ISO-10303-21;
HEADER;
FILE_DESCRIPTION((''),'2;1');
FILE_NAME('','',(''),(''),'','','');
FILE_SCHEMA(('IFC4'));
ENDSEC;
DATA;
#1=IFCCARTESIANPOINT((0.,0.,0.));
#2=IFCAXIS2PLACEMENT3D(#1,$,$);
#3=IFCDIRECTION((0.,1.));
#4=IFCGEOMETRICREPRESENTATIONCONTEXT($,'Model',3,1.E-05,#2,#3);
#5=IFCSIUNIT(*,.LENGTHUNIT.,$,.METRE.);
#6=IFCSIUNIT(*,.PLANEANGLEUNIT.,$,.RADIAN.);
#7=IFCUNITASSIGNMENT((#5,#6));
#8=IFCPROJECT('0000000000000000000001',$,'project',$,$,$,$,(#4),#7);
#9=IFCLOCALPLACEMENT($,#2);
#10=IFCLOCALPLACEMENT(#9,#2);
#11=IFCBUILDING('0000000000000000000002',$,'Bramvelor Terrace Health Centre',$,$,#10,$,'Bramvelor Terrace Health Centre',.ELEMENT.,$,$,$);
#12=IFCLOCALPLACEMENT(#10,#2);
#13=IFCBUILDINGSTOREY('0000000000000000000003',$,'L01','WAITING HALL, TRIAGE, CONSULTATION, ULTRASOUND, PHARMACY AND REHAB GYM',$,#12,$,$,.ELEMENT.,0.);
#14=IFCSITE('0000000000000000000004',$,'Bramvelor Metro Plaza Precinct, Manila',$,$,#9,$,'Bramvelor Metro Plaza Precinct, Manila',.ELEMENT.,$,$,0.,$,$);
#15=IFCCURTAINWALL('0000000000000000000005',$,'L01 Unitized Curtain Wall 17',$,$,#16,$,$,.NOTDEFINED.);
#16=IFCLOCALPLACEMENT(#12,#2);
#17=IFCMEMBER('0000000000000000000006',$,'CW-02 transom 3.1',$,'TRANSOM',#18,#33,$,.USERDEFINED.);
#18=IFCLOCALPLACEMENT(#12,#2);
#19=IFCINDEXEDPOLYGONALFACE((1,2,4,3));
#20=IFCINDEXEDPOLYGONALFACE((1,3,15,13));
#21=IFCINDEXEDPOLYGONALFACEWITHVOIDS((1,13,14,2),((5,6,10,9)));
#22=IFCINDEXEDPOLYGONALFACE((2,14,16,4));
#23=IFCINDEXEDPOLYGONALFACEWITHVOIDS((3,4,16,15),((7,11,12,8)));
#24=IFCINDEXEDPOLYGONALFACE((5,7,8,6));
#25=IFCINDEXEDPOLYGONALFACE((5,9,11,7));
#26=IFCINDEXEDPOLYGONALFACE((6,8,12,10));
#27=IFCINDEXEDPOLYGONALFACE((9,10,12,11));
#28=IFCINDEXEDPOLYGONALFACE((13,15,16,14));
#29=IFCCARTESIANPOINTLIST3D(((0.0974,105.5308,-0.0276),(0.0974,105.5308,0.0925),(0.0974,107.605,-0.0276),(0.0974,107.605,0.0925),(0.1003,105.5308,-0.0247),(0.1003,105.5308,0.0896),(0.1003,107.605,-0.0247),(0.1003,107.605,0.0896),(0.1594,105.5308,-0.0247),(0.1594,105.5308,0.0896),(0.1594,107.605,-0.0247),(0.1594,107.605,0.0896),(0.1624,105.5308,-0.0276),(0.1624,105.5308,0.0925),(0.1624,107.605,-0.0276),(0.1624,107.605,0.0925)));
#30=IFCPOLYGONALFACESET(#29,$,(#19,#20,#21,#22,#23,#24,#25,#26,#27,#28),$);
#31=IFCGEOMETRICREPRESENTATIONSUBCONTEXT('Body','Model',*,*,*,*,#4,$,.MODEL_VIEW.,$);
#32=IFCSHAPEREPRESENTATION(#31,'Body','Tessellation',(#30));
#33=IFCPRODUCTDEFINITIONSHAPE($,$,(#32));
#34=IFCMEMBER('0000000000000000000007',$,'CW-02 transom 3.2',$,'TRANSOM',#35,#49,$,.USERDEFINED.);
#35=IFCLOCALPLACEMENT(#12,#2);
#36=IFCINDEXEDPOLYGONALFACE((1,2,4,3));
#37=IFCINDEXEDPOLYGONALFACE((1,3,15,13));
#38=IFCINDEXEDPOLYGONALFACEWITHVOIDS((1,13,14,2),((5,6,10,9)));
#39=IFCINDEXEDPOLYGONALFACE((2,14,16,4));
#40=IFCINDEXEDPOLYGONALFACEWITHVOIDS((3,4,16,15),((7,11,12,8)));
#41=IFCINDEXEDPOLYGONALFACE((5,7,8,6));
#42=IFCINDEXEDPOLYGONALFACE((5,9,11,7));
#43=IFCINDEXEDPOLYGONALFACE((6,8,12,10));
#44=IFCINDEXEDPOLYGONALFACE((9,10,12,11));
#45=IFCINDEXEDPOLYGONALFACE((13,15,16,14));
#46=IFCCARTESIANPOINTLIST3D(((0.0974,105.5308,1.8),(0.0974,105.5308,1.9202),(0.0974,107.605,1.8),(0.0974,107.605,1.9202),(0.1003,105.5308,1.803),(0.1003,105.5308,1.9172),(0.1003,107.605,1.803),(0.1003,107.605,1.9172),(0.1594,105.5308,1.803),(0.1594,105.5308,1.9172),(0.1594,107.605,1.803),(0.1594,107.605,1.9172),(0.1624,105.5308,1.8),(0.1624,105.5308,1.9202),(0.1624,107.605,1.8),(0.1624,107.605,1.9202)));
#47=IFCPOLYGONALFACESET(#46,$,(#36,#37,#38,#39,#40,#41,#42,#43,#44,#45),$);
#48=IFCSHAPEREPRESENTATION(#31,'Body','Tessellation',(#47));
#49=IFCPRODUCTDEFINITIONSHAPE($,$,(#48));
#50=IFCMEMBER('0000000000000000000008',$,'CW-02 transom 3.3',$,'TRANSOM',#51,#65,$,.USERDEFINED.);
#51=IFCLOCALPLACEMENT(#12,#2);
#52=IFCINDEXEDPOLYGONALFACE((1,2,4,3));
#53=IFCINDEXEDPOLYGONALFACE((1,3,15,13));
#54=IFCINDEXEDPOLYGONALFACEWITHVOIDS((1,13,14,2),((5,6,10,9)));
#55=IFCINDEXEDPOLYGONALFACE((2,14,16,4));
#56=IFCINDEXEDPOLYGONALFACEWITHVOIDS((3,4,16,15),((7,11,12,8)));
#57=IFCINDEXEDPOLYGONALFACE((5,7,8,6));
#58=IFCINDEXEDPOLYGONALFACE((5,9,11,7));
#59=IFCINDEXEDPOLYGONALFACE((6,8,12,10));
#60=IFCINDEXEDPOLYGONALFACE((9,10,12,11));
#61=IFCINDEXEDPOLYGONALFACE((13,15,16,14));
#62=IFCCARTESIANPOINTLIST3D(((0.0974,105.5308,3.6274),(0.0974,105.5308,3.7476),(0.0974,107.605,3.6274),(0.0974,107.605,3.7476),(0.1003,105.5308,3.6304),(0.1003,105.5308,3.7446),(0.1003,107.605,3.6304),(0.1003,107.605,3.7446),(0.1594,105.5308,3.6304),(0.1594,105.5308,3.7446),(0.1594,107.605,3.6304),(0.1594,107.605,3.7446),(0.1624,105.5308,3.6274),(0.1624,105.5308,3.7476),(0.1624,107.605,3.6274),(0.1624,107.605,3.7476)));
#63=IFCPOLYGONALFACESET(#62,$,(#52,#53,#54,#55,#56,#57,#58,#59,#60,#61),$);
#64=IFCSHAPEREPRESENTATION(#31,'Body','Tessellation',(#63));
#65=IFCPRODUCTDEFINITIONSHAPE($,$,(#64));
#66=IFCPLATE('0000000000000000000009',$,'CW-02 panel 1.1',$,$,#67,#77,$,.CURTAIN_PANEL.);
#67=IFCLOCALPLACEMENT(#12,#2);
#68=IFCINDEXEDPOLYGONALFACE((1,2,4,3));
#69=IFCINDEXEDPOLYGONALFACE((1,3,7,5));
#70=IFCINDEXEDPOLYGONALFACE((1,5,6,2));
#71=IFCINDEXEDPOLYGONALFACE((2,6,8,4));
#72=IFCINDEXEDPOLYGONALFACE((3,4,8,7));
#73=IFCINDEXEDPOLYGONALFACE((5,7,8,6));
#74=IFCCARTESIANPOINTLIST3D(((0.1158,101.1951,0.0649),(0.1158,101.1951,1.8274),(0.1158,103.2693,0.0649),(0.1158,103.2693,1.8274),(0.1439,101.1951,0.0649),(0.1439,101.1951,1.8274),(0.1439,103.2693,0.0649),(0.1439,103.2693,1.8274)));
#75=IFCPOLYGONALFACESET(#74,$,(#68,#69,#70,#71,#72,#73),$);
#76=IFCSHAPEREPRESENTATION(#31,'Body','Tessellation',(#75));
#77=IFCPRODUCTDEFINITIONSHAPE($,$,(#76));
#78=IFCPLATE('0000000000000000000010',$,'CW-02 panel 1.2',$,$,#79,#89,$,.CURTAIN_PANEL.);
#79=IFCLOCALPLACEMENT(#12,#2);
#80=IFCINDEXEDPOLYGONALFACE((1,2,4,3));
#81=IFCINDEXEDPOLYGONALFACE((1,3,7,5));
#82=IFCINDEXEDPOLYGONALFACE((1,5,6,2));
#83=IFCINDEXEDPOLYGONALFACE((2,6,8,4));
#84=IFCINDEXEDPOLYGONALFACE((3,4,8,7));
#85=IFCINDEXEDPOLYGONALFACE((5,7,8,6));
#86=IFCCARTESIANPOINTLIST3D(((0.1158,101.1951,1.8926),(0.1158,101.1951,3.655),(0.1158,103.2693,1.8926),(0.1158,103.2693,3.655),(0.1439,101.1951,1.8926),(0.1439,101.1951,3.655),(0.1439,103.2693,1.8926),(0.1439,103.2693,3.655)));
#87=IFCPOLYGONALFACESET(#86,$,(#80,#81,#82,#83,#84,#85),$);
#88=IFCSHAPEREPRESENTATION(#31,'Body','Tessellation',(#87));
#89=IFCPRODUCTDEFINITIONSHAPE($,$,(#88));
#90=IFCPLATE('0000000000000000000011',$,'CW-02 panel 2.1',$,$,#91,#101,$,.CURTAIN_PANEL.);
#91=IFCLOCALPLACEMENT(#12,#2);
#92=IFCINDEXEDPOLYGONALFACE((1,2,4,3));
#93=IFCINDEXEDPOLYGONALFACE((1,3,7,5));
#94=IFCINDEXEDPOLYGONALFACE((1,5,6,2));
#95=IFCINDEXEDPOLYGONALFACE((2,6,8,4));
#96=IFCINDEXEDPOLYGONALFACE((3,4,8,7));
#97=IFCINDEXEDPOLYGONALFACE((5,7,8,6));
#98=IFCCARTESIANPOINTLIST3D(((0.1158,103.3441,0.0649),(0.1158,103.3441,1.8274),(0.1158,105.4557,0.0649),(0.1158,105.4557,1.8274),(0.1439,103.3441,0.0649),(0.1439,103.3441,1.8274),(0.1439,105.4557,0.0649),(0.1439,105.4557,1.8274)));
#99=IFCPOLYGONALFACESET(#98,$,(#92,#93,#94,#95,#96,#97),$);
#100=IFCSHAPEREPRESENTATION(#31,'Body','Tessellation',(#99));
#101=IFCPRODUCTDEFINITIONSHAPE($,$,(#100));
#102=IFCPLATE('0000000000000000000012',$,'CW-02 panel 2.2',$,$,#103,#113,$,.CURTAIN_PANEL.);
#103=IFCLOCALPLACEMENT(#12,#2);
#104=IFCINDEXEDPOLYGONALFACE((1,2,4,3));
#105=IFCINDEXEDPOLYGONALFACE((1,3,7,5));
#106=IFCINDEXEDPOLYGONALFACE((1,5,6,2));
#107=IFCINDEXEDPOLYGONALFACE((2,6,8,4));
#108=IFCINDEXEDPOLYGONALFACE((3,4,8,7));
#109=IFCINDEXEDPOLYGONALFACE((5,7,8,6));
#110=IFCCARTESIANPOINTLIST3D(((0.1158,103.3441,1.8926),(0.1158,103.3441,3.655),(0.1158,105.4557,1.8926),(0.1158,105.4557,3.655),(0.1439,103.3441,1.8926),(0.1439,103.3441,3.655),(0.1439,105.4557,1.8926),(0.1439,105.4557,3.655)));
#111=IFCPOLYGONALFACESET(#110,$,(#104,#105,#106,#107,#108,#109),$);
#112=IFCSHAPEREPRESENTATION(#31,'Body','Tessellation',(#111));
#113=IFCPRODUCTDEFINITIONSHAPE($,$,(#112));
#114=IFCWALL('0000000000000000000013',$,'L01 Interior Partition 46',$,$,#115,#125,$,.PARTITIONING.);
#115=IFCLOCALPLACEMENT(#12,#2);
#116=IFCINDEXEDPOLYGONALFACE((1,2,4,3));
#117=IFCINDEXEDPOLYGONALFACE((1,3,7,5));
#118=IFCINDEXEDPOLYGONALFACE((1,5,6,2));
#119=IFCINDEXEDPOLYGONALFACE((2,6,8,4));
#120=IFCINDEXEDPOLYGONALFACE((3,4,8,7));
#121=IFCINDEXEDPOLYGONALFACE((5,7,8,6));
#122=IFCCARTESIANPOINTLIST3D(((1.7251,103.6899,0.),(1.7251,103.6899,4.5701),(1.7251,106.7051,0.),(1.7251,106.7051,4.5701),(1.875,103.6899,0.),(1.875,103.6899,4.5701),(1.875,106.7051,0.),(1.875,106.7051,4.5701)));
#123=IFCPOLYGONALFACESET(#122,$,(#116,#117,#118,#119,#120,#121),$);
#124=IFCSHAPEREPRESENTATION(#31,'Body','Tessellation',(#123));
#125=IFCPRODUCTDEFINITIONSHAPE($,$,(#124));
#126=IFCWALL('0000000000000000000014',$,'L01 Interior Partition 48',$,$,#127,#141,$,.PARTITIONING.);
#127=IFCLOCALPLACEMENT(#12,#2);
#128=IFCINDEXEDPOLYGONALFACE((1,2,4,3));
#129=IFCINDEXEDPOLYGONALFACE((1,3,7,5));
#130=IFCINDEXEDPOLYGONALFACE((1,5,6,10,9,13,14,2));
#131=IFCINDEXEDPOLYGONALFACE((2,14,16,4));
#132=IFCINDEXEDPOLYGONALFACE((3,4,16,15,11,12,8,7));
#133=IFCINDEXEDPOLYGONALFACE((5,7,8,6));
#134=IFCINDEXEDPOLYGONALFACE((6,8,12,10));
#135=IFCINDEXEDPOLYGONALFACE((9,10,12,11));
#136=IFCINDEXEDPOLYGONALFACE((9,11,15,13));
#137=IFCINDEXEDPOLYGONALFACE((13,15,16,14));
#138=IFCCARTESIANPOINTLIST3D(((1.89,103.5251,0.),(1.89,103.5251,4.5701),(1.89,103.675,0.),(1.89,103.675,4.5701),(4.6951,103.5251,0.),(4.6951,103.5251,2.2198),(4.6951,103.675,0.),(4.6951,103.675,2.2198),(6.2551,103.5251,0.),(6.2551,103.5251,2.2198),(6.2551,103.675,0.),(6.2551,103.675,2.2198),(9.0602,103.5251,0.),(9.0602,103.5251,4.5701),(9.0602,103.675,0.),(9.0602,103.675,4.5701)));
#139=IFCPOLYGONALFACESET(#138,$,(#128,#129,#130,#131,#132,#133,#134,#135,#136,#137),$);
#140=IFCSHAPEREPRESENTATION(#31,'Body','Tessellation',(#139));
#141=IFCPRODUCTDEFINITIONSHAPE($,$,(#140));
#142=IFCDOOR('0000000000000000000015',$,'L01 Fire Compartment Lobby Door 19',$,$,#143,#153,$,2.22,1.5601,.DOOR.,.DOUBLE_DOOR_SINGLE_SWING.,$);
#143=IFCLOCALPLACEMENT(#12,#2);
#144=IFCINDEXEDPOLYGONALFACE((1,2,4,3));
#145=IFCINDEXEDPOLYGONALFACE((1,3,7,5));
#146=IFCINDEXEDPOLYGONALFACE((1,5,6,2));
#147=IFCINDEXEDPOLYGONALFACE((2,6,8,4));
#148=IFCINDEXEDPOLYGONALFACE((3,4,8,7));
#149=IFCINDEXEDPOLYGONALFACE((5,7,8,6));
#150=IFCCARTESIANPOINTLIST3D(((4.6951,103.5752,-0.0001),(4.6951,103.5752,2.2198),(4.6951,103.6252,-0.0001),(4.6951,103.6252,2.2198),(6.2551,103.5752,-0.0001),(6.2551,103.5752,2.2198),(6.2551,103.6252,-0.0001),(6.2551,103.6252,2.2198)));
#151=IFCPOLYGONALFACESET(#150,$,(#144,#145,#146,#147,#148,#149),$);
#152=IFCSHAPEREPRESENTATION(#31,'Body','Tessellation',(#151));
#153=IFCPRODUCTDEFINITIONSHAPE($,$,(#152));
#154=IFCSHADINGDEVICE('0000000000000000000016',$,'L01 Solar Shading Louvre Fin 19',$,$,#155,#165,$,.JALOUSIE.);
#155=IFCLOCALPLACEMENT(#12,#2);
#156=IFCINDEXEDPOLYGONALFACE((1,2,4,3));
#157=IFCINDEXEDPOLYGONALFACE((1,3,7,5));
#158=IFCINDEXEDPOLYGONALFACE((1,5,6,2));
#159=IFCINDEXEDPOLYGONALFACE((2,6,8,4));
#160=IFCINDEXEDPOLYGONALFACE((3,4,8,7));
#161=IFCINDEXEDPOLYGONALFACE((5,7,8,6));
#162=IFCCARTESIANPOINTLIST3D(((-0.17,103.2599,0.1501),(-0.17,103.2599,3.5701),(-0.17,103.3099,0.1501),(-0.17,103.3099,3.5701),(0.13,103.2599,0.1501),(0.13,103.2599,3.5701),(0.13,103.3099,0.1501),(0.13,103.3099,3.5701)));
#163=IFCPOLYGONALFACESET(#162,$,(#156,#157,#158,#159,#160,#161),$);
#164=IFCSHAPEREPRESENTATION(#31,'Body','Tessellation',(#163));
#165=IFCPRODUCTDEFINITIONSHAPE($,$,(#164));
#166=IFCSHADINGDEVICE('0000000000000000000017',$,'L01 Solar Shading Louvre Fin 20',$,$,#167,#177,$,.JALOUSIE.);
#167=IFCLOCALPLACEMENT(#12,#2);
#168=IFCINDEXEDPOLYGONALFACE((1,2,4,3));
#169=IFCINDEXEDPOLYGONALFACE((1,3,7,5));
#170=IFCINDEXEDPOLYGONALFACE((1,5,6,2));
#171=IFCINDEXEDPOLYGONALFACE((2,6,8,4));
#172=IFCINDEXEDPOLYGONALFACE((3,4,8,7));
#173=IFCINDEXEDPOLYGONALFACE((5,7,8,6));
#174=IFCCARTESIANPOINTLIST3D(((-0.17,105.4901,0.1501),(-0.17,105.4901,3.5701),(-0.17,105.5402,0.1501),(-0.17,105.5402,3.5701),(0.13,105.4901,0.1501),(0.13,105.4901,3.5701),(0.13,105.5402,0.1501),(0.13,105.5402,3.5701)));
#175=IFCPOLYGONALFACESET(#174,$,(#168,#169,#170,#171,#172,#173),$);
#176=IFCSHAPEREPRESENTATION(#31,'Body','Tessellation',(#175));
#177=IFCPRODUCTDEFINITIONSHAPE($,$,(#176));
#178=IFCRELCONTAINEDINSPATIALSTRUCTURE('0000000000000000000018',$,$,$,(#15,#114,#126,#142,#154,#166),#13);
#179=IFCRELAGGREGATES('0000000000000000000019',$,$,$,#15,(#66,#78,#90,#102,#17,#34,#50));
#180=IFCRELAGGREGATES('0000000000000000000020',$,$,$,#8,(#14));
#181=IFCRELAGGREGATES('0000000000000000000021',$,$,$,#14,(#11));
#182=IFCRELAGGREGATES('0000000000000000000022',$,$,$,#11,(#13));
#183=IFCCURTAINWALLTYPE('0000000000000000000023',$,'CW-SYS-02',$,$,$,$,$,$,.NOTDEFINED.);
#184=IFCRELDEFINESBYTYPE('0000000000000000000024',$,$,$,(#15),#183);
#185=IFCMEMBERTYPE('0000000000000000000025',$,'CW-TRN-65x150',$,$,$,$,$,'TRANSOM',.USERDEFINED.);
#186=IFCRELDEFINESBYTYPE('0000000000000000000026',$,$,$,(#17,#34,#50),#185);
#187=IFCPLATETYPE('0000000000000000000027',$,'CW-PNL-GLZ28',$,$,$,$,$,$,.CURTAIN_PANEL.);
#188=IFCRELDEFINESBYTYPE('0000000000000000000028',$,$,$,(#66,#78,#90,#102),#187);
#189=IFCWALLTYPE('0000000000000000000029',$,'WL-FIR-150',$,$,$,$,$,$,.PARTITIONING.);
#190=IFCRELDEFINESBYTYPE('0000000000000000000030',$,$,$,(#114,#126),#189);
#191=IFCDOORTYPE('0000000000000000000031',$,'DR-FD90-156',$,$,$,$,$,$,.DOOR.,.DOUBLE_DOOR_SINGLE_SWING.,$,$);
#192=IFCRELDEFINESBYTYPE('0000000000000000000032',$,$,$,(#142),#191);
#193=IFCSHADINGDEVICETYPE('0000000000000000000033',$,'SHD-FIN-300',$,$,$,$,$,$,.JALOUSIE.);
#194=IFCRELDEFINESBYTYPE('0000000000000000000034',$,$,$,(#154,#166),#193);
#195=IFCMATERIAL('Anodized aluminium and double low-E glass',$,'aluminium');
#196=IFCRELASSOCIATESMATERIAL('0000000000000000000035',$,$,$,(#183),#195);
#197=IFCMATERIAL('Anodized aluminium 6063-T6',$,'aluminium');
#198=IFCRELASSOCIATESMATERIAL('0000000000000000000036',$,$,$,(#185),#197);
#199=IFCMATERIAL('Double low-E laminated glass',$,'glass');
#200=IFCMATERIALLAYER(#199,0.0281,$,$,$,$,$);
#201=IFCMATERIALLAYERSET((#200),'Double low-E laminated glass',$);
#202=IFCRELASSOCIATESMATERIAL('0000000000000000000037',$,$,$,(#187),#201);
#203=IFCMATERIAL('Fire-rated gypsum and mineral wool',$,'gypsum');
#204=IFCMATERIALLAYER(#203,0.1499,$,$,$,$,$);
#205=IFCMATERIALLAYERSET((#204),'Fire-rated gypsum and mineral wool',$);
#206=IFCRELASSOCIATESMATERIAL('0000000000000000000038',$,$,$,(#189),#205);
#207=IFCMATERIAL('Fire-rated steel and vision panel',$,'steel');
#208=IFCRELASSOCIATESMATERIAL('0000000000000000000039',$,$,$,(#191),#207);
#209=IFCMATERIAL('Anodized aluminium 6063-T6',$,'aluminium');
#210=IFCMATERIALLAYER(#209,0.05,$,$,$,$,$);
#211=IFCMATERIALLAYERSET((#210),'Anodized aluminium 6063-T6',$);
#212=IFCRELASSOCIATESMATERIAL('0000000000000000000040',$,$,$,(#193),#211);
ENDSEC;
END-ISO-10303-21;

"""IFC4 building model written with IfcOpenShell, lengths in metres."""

from ifc_helpers import new_model, si_unit, direction, frame, frame_2d, origin, origin_2d, place, context, subcontext, project, spatial, rectangle, hollow_rectangle, extrude, material, layer, layer_set, material_profile, profile_set, type_object, element, fill, aggregate, save


model = new_model("IFC4")

# Units and contexts
model_context = context("Model", 3, precision=1e-05, world=origin(), true_north=direction((0.0, 1.0)))
body_context = subcontext(model_context, "Body", "Model", "MODEL_VIEW")
ifc_project = project(units=[si_unit("LENGTHUNIT", "METRE"), si_unit("PLANEANGLEUNIT", "RADIAN")], contexts=[model_context])

# Site, building, storey
site_placement = place(None, origin())
site = spatial("IfcSite", under=ifc_project, at=site_placement, Name="Bramvelor Metro Plaza Precinct, Manila", LongName="Bramvelor Metro Plaza Precinct, Manila", CompositionType="ELEMENT", RefElevation=0.0)
building_placement = place(site_placement, origin())
building = spatial("IfcBuilding", under=site, at=building_placement, Name="Bramvelor Terrace Health Centre", LongName="Bramvelor Terrace Health Centre", CompositionType="ELEMENT")
storey_placement = place(building_placement, origin())
storey = spatial("IfcBuildingStorey", under=building, at=storey_placement, Name="L01", Description="WAITING HALL, TRIAGE, CONSULTATION, ULTRASOUND, PHARMACY AND REHAB GYM", CompositionType="ELEMENT", Elevation=0.0)

# Curtain wall, members, plates
ifc_material_1 = material(Name="Anodized aluminium and double low-E glass", Category="aluminium")
curtain_wall_type = type_object("IfcCurtainWallType", Name="CW-SYS-02", PredefinedType="NOTDEFINED", material=ifc_material_1)
curtain_wall_placement = place(storey_placement, origin())
curtain_wall = element("IfcCurtainWall", 1, at=curtain_wall_placement, inside=storey, type_object=curtain_wall_type, Name="L01 Unitized Curtain Wall 17", PredefinedType="NOTDEFINED")
ifc_material_2 = material(Name="Anodized aluminium 6063-T6", Category="aluminium")
ifc_material_profile_1 = material_profile(ifc_material_2, hollow_rectangle(XDim=0.0649, YDim=0.1201, WallThickness=0.0029, at=origin_2d()), Name="ALU-TRN 65x120x3.0")
ifc_profile_set_1 = profile_set([ifc_material_profile_1], Name="Anodized aluminium 6063-T6")
member_type_1 = type_object("IfcMemberType", Name="CW-TRN-65x150", ElementType="TRANSOM", PredefinedType="USERDEFINED", material=ifc_profile_set_1)
member_1_placement = place(storey_placement, frame((0.1299, 105.5308, 0.0325), z_axis=(0.0, 1.0, 0.0), x_axis=(-1.0, 0.0, 0.0)))
member_1 = element("IfcMember", 2, at=member_1_placement, type_object=member_type_1, Name="CW-02 transom 3.1", ObjectType="TRANSOM", PredefinedType="USERDEFINED", context=body_context, shape_type="SweptSolid", body=[
    extrude(hollow_rectangle(XDim=0.0649, YDim=0.1201, WallThickness=0.0029, at=origin_2d()), origin(), (0.0, 0.0, 1.0), 2.0742),
])
member_2_placement = place(storey_placement, frame((0.1299, 105.5308, 1.8601), z_axis=(0.0, 1.0, 0.0), x_axis=(-1.0, 0.0, 0.0)))
member_2 = element("IfcMember", 3, at=member_2_placement, type_object=member_type_1, Name="CW-02 transom 3.2", ObjectType="TRANSOM", PredefinedType="USERDEFINED", context=body_context, shape_type="SweptSolid", body=[
    extrude(hollow_rectangle(XDim=0.0649, YDim=0.1201, WallThickness=0.0029, at=origin_2d()), origin(), (0.0, 0.0, 1.0), 2.0742),
])
member_3_placement = place(storey_placement, frame((0.1299, 105.5308, 3.6875), z_axis=(0.0, 1.0, 0.0), x_axis=(-1.0, 0.0, 0.0)))
member_3 = element("IfcMember", 4, at=member_3_placement, type_object=member_type_1, Name="CW-02 transom 3.3", ObjectType="TRANSOM", PredefinedType="USERDEFINED", context=body_context, shape_type="SweptSolid", body=[
    extrude(hollow_rectangle(XDim=0.0649, YDim=0.1201, WallThickness=0.0029, at=origin_2d()), origin(), (0.0, 0.0, 1.0), 2.0742),
])
ifc_material_3 = material(Name="Double low-E laminated glass", Category="glass")
ifc_layer_1 = layer(ifc_material_3, 0.0281)
ifc_layer_set_1 = layer_set([ifc_layer_1], Name="Double low-E laminated glass")
plate_type = type_object("IfcPlateType", Name="CW-PNL-GLZ28", PredefinedType="CURTAIN_PANEL", material=ifc_layer_set_1)
plate_1_placement = place(storey_placement, frame((0.1299, 102.2322, 0.0649), z_axis=(0.0, 0.0, 1.0), x_axis=(0.0, 1.0, 0.0)))
plate_1 = element("IfcPlate", 5, at=plate_1_placement, type_object=plate_type, Name="CW-02 panel 1.1", PredefinedType="CURTAIN_PANEL", context=body_context, shape_type="SweptSolid", body=[
    extrude(rectangle(XDim=2.0742, YDim=0.0281, at=origin_2d()), origin(), (0.0, 0.0, 1.0), 1.7625),
])
plate_2_placement = place(storey_placement, frame((0.1299, 102.2322, 1.8926), z_axis=(0.0, 0.0, 1.0), x_axis=(0.0, 1.0, 0.0)))
plate_2 = element("IfcPlate", 6, at=plate_2_placement, type_object=plate_type, Name="CW-02 panel 1.2", PredefinedType="CURTAIN_PANEL", context=body_context, shape_type="SweptSolid", body=[
    extrude(rectangle(XDim=2.0742, YDim=0.0281, at=origin_2d()), origin(), (0.0, 0.0, 1.0), 1.7625),
])
plate_3_placement = place(storey_placement, frame((0.1299, 104.3999, 0.0649), z_axis=(0.0, 0.0, 1.0), x_axis=(0.0, 1.0, 0.0)))
plate_3 = element("IfcPlate", 7, at=plate_3_placement, type_object=plate_type, Name="CW-02 panel 2.1", PredefinedType="CURTAIN_PANEL", context=body_context, shape_type="SweptSolid", body=[
    extrude(rectangle(XDim=2.1116, YDim=0.0281, at=origin_2d()), origin(), (0.0, 0.0, 1.0), 1.7625),
])
plate_4_placement = place(storey_placement, frame((0.1299, 104.3999, 1.8926), z_axis=(0.0, 0.0, 1.0), x_axis=(0.0, 1.0, 0.0)))
plate_4 = element("IfcPlate", 8, at=plate_4_placement, type_object=plate_type, Name="CW-02 panel 2.2", PredefinedType="CURTAIN_PANEL", context=body_context, shape_type="SweptSolid", body=[
    extrude(rectangle(XDim=2.1116, YDim=0.0281, at=origin_2d()), origin(), (0.0, 0.0, 1.0), 1.7625),
])
aggregate(curtain_wall, [plate_1, plate_2, plate_3, plate_4, member_1, member_2, member_3])

# Wall
ifc_material_4 = material(Name="Fire-rated gypsum and mineral wool", Category="gypsum")
ifc_layer_2 = layer(ifc_material_4, 0.1499)
ifc_layer_set_2 = layer_set([ifc_layer_2], Name="Fire-rated gypsum and mineral wool")
wall_type = type_object("IfcWallType", Name="WL-FIR-150", PredefinedType="PARTITIONING", material=ifc_layer_set_2)
wall_1_placement = place(storey_placement, frame((1.8, 103.6899, 0.0), z_axis=(0.0, 0.0, 1.0), x_axis=(0.0, 1.0, 0.0)))
element("IfcWall", 9, at=wall_1_placement, inside=storey, type_object=wall_type, Name="L01 Interior Partition 46", PredefinedType="PARTITIONING", context=body_context, shape_type="SweptSolid", body=[
    extrude(rectangle(XDim=3.0151, YDim=0.1499, at=frame_2d((1.5076, 0.0))), origin(), (0.0, 0.0, 1.0), 4.5701),
])

# Wall, opening, door
wall_2_placement = place(storey_placement, frame((9.0601, 103.6001, 0.0), z_axis=(0.0, 0.0, 1.0), x_axis=(-1.0, 0.0, 0.0)))
wall_2 = element("IfcWall", 10, at=wall_2_placement, inside=storey, type_object=wall_type, Name="L01 Interior Partition 48", PredefinedType="PARTITIONING", context=body_context, shape_type="SweptSolid", body=[
    extrude(rectangle(XDim=7.1702, YDim=0.1499, at=frame_2d((3.585, 0.0))), origin(), (0.0, 0.0, 1.0), 4.5701),
])
opening_placement = place(wall_2_placement, frame((2.8049, 0.0, 0.0)))
opening = element("IfcOpeningElement", 11, at=opening_placement, cuts=wall_2, PredefinedType="OPENING", context=body_context, shape_type="SweptSolid", body=[
    extrude(rectangle(XDim=1.5601, YDim=2.22, at=frame_2d((0.78, 1.1099))), frame((0.0, 0.085, 0.0), z_axis=(0.0, -1.0, 0.0), x_axis=(1.0, 0.0, 0.0)), (0.0, 0.0, 1.0), 0.1699),
])
ifc_material_5 = material(Name="Fire-rated steel and vision panel", Category="steel")
door_type = type_object("IfcDoorType", Name="DR-FD90-156", OperationType="DOUBLE_DOOR_SINGLE_SWING", PredefinedType="DOOR", material=ifc_material_5)
door_placement = place(opening_placement, origin())
door = element("IfcDoor", 12, at=door_placement, inside=storey, type_object=door_type, Name="L01 Fire Compartment Lobby Door 19", OperationType="DOUBLE_DOOR_SINGLE_SWING", OverallHeight=2.22, OverallWidth=1.5601, PredefinedType="DOOR", context=body_context, shape_type="SweptSolid", body=[
    extrude(rectangle(XDim=1.5601, YDim=2.22, at=frame_2d((0.78, 1.1099))), frame((0.0, 0.0249, 0.0), z_axis=(0.0, -1.0, 0.0), x_axis=(1.0, 0.0, 0.0)), (0.0, 0.0, 1.0), 0.05),
])
fill(opening, door)

# Shading devices
ifc_material_6 = material(Name="Anodized aluminium 6063-T6", Category="aluminium")
ifc_layer_3 = layer(ifc_material_6, 0.05)
ifc_layer_set_3 = layer_set([ifc_layer_3], Name="Anodized aluminium 6063-T6")
shading_device_type = type_object("IfcShadingDeviceType", Name="SHD-FIN-300", PredefinedType="JALOUSIE", material=ifc_layer_set_3)
for number, where, z_axis, x_axis, name in (
    (13, (-0.02, 103.2849, 0.1501), (0.0, 0.0, 1.0), (1.0, 0.0, 0.0), "L01 Solar Shading Louvre Fin 19"),
    (14, (-0.02, 105.5151, 0.1501), (0.0, 0.0, 1.0), (1.0, 0.0, 0.0), "L01 Solar Shading Louvre Fin 20"),
):
    element("IfcShadingDevice", number, at=place(storey_placement, frame(where, z_axis=z_axis, x_axis=x_axis)), inside=storey, type_object=shading_device_type, Name=name, PredefinedType="JALOUSIE", context=body_context, shape_type="SweptSolid", body=[
        extrude(rectangle(XDim=0.3, YDim=0.05, at=origin_2d()), origin(), (0.0, 0.0, 1.0), 3.4199),
    ])

save(model, "model.ifc")
